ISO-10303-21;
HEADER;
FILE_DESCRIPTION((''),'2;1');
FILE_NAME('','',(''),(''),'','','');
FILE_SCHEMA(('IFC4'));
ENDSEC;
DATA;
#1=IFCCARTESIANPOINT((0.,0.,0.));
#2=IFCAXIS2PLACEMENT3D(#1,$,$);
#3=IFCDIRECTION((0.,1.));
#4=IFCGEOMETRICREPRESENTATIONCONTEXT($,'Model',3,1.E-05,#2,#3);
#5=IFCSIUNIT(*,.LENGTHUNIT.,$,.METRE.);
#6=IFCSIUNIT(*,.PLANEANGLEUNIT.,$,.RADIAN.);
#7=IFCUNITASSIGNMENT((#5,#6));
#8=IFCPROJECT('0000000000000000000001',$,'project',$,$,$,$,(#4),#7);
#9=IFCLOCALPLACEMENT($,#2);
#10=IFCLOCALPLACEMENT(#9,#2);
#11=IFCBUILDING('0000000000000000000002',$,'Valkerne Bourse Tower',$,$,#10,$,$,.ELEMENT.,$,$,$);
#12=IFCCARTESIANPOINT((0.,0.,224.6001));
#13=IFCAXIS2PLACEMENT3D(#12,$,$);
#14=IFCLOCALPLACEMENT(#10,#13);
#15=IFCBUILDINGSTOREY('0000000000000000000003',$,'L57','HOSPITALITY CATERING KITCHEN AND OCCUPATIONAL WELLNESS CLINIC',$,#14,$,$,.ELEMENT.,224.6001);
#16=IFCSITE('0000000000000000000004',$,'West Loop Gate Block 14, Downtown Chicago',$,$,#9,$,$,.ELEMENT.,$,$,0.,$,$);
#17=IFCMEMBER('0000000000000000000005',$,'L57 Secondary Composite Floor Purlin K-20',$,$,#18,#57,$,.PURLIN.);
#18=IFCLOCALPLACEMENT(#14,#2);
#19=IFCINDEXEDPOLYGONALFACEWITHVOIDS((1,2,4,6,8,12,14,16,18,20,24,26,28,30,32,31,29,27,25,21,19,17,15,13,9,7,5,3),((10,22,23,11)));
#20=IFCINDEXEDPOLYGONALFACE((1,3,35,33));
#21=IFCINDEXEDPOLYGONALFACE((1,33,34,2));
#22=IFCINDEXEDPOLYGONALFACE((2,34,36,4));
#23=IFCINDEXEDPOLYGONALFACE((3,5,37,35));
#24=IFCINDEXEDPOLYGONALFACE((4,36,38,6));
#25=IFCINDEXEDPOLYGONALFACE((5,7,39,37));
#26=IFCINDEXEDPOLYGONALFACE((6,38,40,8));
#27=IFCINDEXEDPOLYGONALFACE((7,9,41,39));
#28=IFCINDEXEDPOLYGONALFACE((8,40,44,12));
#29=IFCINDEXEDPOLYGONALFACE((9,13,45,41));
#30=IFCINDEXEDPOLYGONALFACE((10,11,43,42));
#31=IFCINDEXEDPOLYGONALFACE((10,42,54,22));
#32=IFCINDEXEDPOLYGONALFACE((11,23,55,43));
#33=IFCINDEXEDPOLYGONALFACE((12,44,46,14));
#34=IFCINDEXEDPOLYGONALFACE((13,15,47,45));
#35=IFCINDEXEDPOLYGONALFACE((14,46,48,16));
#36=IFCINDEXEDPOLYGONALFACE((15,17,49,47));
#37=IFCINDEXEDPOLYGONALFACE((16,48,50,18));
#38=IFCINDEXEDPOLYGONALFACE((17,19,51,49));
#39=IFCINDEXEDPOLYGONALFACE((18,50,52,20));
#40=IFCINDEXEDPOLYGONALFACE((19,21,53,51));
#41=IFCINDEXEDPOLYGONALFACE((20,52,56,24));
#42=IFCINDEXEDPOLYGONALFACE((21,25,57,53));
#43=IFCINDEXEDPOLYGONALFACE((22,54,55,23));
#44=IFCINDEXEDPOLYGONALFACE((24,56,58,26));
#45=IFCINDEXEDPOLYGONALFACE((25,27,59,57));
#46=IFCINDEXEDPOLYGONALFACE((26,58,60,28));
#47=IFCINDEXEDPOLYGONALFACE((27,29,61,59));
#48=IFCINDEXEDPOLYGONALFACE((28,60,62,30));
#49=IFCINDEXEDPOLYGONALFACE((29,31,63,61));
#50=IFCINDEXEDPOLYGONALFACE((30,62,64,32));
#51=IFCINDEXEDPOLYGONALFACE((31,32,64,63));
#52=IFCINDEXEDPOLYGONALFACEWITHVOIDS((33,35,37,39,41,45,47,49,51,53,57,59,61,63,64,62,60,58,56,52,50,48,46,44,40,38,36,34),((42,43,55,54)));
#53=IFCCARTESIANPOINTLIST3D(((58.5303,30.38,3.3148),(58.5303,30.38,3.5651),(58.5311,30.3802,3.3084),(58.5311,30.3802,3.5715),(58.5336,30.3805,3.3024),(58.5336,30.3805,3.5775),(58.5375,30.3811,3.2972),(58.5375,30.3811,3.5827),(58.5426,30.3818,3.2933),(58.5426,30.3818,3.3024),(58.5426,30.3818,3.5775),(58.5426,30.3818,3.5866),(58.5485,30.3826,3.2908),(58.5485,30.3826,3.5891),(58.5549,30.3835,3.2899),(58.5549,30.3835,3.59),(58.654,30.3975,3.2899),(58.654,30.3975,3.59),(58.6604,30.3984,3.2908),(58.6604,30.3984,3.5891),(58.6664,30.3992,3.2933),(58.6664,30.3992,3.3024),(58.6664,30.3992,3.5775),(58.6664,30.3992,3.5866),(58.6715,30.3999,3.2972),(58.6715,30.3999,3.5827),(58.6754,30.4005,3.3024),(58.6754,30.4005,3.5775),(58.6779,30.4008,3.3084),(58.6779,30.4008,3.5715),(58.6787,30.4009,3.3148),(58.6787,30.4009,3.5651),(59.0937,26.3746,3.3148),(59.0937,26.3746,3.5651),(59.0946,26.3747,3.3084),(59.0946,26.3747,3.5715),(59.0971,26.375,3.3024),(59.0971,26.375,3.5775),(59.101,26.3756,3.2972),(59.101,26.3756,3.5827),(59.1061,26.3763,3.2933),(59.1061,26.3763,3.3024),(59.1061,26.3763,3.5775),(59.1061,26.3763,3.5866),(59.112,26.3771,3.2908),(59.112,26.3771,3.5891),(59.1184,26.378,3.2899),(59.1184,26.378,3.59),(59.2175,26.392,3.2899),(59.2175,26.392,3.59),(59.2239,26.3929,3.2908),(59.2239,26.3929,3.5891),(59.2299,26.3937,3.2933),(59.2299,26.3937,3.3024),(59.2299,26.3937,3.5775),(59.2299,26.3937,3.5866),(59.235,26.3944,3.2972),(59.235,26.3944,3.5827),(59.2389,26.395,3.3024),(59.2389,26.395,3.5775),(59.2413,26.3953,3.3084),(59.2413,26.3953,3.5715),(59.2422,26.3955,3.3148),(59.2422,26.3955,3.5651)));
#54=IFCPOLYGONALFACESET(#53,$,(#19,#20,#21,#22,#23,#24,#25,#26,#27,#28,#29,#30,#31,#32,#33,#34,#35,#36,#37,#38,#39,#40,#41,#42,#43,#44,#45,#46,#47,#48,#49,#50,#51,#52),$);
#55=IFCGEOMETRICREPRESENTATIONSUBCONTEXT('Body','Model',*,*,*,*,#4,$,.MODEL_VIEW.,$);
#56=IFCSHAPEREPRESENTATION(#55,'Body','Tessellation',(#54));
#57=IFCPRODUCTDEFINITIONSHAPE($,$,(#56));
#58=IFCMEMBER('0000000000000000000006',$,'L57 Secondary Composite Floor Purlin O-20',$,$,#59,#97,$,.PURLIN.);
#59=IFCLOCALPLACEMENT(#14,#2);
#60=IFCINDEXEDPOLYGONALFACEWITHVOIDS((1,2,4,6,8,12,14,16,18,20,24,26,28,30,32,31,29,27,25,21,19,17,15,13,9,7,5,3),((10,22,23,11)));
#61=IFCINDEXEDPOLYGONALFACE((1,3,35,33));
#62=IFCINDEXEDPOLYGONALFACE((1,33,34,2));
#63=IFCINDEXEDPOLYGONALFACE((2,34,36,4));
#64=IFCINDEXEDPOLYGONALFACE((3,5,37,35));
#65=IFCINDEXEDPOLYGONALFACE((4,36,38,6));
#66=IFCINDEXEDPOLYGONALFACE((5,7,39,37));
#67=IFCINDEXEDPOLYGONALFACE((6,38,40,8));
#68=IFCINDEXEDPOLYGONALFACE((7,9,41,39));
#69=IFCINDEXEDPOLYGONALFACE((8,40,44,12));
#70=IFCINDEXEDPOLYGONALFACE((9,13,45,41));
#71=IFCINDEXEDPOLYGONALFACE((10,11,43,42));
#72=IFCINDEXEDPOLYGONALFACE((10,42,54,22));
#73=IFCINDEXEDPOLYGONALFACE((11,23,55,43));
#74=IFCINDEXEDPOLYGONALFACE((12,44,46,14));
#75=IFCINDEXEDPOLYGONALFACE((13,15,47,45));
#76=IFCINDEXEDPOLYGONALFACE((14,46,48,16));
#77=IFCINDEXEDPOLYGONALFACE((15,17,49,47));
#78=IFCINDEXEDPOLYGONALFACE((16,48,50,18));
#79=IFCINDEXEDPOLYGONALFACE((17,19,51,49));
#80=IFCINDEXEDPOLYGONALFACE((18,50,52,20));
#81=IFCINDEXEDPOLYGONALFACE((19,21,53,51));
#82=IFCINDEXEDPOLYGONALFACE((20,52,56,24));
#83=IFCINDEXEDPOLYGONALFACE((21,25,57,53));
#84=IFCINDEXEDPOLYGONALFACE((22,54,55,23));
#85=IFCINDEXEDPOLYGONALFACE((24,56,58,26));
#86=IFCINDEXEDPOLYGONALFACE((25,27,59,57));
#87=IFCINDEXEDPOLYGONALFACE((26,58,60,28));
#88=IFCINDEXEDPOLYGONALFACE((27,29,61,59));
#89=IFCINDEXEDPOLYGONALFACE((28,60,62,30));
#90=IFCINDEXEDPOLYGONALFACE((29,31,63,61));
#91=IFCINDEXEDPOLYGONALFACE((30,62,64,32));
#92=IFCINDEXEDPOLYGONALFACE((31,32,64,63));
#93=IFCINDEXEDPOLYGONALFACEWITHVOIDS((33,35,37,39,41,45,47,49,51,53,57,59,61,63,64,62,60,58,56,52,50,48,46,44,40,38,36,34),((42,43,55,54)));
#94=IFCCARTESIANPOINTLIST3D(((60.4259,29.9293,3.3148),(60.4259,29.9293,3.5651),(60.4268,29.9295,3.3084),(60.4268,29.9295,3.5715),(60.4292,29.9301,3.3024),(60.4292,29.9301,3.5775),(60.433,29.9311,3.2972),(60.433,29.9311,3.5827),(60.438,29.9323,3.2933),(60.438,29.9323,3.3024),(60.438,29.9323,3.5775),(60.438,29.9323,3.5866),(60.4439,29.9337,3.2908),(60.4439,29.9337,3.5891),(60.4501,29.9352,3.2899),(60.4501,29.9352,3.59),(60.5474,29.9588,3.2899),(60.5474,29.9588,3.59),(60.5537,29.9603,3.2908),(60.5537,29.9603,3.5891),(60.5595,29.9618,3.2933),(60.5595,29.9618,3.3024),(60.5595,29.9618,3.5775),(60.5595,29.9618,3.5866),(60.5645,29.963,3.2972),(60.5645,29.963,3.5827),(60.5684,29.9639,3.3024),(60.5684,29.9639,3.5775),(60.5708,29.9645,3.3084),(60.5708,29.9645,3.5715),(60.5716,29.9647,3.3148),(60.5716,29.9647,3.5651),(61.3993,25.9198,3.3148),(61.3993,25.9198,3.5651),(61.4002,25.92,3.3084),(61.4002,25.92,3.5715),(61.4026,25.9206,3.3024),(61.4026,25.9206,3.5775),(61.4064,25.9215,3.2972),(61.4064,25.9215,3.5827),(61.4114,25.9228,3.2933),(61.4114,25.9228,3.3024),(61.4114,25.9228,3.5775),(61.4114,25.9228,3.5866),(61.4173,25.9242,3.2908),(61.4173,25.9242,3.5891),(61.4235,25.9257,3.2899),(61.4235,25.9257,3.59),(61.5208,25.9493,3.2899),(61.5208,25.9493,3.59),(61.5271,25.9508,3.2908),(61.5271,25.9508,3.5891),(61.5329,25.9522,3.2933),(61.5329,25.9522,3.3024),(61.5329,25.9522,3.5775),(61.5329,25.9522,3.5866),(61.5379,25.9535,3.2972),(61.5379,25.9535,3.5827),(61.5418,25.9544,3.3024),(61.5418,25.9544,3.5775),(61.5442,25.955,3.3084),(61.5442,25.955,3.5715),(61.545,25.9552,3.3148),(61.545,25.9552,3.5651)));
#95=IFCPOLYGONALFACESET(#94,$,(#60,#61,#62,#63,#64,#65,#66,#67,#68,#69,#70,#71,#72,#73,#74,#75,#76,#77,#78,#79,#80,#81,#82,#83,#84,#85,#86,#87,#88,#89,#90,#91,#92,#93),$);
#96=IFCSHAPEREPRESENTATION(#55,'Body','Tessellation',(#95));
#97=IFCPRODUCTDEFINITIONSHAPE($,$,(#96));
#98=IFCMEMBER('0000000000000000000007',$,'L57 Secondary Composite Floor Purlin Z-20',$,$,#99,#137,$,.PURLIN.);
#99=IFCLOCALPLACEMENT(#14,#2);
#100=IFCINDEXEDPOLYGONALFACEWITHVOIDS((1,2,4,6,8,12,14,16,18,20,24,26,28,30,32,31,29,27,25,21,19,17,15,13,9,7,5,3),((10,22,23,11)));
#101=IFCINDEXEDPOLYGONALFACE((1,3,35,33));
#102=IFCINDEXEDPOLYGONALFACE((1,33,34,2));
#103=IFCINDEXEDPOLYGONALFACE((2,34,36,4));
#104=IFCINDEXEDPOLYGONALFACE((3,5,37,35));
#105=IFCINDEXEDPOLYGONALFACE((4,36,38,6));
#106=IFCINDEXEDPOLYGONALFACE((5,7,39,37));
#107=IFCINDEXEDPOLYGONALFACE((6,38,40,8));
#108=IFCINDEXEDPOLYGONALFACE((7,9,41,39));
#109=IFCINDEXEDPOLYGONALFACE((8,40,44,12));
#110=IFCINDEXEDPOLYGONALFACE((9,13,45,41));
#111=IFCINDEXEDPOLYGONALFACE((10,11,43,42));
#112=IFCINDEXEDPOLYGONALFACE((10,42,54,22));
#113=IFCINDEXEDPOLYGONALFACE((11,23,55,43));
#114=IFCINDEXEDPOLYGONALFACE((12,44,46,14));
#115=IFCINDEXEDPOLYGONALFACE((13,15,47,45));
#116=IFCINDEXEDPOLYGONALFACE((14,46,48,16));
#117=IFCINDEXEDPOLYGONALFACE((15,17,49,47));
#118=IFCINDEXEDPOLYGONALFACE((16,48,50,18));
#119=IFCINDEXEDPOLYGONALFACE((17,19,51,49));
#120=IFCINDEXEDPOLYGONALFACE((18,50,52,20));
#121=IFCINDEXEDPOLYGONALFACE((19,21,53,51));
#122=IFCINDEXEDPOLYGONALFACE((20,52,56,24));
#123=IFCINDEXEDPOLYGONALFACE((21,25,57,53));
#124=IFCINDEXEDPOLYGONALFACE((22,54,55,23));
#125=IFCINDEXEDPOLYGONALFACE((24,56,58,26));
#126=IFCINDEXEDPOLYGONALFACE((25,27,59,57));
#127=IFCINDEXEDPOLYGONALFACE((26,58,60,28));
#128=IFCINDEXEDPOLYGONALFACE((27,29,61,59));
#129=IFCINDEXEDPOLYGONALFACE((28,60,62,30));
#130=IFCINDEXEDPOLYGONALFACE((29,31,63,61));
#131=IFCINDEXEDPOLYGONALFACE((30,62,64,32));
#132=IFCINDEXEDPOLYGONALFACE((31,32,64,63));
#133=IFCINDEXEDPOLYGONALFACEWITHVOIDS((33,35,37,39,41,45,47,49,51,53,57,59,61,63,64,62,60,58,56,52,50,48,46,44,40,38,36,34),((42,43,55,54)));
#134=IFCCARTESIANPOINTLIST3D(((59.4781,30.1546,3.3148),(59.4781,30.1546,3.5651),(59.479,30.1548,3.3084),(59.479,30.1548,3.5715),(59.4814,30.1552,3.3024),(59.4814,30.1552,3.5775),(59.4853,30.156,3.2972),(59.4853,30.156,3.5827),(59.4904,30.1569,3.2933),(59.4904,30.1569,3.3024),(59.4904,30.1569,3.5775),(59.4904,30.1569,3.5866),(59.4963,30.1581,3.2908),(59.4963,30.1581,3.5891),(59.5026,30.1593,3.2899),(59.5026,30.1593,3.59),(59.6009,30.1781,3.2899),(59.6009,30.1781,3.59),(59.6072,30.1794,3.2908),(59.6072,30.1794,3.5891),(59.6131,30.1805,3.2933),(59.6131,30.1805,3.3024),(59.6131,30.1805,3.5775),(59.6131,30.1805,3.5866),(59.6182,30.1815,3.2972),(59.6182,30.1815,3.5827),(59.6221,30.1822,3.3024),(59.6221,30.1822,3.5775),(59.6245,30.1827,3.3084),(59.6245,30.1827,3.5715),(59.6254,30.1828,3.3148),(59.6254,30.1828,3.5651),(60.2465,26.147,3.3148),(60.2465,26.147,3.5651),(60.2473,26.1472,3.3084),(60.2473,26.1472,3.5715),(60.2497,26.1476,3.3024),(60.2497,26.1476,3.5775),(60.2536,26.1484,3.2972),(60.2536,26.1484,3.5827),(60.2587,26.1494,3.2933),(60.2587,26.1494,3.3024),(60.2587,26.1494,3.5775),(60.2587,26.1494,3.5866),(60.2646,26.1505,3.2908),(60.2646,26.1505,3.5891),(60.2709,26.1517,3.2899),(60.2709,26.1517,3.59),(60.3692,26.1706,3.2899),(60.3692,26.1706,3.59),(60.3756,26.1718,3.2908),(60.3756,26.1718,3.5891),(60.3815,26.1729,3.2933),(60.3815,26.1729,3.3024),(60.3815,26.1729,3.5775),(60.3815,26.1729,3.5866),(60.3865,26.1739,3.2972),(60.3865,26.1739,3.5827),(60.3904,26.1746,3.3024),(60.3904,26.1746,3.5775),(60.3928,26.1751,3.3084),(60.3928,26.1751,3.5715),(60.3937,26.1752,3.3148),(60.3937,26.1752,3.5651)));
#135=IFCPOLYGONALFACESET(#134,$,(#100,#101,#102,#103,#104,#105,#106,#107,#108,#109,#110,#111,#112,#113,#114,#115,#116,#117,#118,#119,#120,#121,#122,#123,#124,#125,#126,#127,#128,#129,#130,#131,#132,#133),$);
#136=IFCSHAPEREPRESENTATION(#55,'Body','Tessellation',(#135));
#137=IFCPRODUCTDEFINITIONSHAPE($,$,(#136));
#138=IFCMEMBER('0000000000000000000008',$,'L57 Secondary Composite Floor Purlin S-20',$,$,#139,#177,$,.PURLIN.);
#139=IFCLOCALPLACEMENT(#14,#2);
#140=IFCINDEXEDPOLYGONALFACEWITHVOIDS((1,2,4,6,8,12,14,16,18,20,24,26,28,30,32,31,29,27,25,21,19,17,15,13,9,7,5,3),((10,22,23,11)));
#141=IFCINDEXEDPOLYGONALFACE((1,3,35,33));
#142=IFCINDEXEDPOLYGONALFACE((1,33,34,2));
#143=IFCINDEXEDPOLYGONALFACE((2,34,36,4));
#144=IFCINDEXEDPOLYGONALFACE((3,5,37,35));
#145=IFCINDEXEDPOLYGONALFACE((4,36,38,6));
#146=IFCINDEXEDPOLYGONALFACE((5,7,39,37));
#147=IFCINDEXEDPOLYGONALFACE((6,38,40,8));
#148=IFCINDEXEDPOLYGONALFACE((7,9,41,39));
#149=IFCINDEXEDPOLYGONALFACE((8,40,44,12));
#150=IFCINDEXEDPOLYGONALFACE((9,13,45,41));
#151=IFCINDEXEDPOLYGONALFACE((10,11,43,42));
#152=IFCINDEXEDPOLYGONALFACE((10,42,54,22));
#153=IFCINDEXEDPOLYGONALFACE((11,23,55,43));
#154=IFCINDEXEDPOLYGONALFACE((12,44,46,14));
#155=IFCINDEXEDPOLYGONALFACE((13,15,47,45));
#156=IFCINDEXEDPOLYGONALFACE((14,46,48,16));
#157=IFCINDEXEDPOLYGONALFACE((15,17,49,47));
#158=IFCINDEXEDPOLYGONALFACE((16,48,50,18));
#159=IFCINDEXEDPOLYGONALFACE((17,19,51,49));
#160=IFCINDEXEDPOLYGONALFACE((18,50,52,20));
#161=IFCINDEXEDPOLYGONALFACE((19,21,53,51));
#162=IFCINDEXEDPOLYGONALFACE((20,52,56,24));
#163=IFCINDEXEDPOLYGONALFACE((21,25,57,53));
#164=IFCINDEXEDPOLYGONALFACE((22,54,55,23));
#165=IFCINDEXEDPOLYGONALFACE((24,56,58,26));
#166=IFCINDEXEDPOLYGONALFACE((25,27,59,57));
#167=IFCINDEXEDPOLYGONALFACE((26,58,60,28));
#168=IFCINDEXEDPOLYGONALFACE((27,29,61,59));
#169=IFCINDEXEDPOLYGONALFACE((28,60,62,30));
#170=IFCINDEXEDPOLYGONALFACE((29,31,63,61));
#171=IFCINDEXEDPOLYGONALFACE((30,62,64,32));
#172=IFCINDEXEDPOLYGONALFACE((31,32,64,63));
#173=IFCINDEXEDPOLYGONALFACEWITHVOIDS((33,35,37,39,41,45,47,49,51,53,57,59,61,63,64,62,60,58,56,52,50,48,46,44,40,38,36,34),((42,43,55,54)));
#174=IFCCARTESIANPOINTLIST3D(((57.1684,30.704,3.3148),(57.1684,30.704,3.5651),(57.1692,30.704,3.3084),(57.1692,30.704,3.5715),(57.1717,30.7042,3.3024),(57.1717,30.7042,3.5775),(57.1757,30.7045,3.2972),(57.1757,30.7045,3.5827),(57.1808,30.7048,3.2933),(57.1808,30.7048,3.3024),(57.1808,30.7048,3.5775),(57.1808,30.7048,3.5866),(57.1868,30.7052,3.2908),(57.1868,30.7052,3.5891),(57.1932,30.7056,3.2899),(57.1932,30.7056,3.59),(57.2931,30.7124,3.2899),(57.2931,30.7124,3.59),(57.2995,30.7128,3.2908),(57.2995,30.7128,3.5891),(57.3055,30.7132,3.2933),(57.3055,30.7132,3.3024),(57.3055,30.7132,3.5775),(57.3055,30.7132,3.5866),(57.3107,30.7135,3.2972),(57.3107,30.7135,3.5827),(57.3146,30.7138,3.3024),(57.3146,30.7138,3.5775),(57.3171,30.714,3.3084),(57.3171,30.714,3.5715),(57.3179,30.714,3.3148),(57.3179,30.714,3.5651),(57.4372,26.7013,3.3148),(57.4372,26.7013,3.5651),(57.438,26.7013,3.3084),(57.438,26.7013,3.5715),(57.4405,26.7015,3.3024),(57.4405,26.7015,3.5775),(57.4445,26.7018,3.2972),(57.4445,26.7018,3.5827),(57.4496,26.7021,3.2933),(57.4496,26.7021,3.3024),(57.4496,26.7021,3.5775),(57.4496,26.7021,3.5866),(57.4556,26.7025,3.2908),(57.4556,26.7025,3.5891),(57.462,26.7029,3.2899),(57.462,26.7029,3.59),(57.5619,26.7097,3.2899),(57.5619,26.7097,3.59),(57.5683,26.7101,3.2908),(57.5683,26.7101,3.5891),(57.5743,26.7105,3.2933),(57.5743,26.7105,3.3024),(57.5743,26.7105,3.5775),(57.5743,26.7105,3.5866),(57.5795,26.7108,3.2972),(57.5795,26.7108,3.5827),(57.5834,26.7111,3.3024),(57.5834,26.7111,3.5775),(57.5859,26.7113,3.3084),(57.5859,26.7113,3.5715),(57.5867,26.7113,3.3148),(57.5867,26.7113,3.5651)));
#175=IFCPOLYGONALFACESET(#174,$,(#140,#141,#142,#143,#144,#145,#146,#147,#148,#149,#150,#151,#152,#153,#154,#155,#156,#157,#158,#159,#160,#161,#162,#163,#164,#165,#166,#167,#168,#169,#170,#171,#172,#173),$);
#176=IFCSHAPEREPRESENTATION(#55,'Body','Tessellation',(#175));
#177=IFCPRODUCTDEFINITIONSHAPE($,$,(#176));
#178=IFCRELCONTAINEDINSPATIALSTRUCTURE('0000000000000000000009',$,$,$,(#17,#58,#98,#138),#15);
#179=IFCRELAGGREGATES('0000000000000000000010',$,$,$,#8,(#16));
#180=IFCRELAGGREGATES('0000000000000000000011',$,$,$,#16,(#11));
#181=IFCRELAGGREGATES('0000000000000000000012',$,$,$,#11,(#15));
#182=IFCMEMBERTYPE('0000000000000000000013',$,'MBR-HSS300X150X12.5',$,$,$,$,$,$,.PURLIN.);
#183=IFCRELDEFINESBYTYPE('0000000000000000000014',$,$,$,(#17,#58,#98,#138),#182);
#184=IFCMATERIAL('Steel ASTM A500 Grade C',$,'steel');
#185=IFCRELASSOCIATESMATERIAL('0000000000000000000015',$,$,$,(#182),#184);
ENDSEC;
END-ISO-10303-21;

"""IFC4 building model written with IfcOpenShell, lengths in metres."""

from ifc_helpers import new_model, si_unit, direction, frame, origin, origin_2d, place, context, subcontext, project, spatial, hollow_rectangle, extrude, material, material_profile, profile_set, type_object, element, save


model = new_model("IFC4")

# Units and contexts
model_context = context("Model", 3, precision=1e-05, world=origin(), true_north=direction((0.0, 1.0)))
body_context = subcontext(model_context, "Body", "Model", "MODEL_VIEW")
ifc_project = project(units=[si_unit("LENGTHUNIT", "METRE"), si_unit("PLANEANGLEUNIT", "RADIAN")], contexts=[model_context])

# Site, building, storey
site_placement = place(None, origin())
site = spatial("IfcSite", under=ifc_project, at=site_placement, Name="West Loop Gate Block 14, Downtown Chicago", CompositionType="ELEMENT", RefElevation=0.0)
building_placement = place(site_placement, origin())
building = spatial("IfcBuilding", under=site, at=building_placement, Name="Valkerne Bourse Tower", CompositionType="ELEMENT")
storey_placement = place(building_placement, frame((0.0, 0.0, 224.6001)))
storey = spatial("IfcBuildingStorey", under=building, at=storey_placement, Name="L57", Description="HOSPITALITY CATERING KITCHEN AND OCCUPATIONAL WELLNESS CLINIC", CompositionType="ELEMENT", Elevation=224.6001)

# Members
ifc_material_1 = material(Name="Steel ASTM A500 Grade C", Category="steel")
ifc_material_profile_1 = material_profile(ifc_material_1, hollow_rectangle(XDim=0.1499, YDim=0.3, WallThickness=0.0125, OuterFilletRadius=0.0249, at=origin_2d()), Name="HSS300X150X12.5")
ifc_profile_set_1 = profile_set([ifc_material_profile_1], Name="Steel ASTM A500 Grade C")
member_type_1 = type_object("IfcMemberType", Name="MBR-HSS300X150X12.5", PredefinedType="PURLIN", material=ifc_profile_set_1)
member_1_placement = place(storey_placement, frame((59.168, 26.385, 3.4399), z_axis=(-0.139308, 0.990249, 0.0), x_axis=(-0.990249, -0.139308, 0.0)))
element("IfcMember", 1, at=member_1_placement, inside=storey, type_object=member_type_1, Name="L57 Secondary Composite Floor Purlin K-20", PredefinedType="PURLIN", context=body_context, shape_type="SweptSolid", body=[
    extrude(hollow_rectangle(XDim=0.1499, YDim=0.3, WallThickness=0.0125, OuterFilletRadius=0.0249, at=origin_2d()), origin(), (0.0, 0.0, 1.0), 4.0449),
])
member_2_placement = place(storey_placement, frame((61.4722, 25.9375, 3.4399), z_axis=(-0.235917, 0.971773, 0.0), x_axis=(-0.971773, -0.235917, 0.0)))
element("IfcMember", 2, at=member_2_placement, inside=storey, type_object=member_type_1, Name="L57 Secondary Composite Floor Purlin O-20", PredefinedType="PURLIN", context=body_context, shape_type="SweptSolid", body=[
    extrude(hollow_rectangle(XDim=0.1499, YDim=0.3, WallThickness=0.0125, OuterFilletRadius=0.0249, at=origin_2d()), origin(), (0.0, 0.0, 1.0), 4.126),
])
member_3_placement = place(storey_placement, frame((60.3201, 26.1611, 3.4399), z_axis=(-0.188286, 0.982114, 0.0), x_axis=(-0.982114, -0.188286, 0.0)))
element("IfcMember", 3, at=member_3_placement, inside=storey, type_object=member_type_1, Name="L57 Secondary Composite Floor Purlin Z-20", PredefinedType="PURLIN", context=body_context, shape_type="SweptSolid", body=[
    extrude(hollow_rectangle(XDim=0.1499, YDim=0.3, WallThickness=0.0125, OuterFilletRadius=0.0249, at=origin_2d()), origin(), (0.0, 0.0, 1.0), 4.0806),
])
member_4_placement = place(storey_placement, frame((57.512, 26.7063, 3.4399), z_axis=(-0.067004, 0.997753, 0.0), x_axis=(-0.997753, -0.067004, 0.0)))
element("IfcMember", 4, at=member_4_placement, inside=storey, type_object=member_type_1, Name="L57 Secondary Composite Floor Purlin S-20", PredefinedType="PURLIN", context=body_context, shape_type="SweptSolid", body=[
    extrude(hollow_rectangle(XDim=0.1499, YDim=0.3, WallThickness=0.0125, OuterFilletRadius=0.0249, at=origin_2d()), origin(), (0.0, 0.0, 1.0), 4.0117),
])

save(model, "model.ifc")
